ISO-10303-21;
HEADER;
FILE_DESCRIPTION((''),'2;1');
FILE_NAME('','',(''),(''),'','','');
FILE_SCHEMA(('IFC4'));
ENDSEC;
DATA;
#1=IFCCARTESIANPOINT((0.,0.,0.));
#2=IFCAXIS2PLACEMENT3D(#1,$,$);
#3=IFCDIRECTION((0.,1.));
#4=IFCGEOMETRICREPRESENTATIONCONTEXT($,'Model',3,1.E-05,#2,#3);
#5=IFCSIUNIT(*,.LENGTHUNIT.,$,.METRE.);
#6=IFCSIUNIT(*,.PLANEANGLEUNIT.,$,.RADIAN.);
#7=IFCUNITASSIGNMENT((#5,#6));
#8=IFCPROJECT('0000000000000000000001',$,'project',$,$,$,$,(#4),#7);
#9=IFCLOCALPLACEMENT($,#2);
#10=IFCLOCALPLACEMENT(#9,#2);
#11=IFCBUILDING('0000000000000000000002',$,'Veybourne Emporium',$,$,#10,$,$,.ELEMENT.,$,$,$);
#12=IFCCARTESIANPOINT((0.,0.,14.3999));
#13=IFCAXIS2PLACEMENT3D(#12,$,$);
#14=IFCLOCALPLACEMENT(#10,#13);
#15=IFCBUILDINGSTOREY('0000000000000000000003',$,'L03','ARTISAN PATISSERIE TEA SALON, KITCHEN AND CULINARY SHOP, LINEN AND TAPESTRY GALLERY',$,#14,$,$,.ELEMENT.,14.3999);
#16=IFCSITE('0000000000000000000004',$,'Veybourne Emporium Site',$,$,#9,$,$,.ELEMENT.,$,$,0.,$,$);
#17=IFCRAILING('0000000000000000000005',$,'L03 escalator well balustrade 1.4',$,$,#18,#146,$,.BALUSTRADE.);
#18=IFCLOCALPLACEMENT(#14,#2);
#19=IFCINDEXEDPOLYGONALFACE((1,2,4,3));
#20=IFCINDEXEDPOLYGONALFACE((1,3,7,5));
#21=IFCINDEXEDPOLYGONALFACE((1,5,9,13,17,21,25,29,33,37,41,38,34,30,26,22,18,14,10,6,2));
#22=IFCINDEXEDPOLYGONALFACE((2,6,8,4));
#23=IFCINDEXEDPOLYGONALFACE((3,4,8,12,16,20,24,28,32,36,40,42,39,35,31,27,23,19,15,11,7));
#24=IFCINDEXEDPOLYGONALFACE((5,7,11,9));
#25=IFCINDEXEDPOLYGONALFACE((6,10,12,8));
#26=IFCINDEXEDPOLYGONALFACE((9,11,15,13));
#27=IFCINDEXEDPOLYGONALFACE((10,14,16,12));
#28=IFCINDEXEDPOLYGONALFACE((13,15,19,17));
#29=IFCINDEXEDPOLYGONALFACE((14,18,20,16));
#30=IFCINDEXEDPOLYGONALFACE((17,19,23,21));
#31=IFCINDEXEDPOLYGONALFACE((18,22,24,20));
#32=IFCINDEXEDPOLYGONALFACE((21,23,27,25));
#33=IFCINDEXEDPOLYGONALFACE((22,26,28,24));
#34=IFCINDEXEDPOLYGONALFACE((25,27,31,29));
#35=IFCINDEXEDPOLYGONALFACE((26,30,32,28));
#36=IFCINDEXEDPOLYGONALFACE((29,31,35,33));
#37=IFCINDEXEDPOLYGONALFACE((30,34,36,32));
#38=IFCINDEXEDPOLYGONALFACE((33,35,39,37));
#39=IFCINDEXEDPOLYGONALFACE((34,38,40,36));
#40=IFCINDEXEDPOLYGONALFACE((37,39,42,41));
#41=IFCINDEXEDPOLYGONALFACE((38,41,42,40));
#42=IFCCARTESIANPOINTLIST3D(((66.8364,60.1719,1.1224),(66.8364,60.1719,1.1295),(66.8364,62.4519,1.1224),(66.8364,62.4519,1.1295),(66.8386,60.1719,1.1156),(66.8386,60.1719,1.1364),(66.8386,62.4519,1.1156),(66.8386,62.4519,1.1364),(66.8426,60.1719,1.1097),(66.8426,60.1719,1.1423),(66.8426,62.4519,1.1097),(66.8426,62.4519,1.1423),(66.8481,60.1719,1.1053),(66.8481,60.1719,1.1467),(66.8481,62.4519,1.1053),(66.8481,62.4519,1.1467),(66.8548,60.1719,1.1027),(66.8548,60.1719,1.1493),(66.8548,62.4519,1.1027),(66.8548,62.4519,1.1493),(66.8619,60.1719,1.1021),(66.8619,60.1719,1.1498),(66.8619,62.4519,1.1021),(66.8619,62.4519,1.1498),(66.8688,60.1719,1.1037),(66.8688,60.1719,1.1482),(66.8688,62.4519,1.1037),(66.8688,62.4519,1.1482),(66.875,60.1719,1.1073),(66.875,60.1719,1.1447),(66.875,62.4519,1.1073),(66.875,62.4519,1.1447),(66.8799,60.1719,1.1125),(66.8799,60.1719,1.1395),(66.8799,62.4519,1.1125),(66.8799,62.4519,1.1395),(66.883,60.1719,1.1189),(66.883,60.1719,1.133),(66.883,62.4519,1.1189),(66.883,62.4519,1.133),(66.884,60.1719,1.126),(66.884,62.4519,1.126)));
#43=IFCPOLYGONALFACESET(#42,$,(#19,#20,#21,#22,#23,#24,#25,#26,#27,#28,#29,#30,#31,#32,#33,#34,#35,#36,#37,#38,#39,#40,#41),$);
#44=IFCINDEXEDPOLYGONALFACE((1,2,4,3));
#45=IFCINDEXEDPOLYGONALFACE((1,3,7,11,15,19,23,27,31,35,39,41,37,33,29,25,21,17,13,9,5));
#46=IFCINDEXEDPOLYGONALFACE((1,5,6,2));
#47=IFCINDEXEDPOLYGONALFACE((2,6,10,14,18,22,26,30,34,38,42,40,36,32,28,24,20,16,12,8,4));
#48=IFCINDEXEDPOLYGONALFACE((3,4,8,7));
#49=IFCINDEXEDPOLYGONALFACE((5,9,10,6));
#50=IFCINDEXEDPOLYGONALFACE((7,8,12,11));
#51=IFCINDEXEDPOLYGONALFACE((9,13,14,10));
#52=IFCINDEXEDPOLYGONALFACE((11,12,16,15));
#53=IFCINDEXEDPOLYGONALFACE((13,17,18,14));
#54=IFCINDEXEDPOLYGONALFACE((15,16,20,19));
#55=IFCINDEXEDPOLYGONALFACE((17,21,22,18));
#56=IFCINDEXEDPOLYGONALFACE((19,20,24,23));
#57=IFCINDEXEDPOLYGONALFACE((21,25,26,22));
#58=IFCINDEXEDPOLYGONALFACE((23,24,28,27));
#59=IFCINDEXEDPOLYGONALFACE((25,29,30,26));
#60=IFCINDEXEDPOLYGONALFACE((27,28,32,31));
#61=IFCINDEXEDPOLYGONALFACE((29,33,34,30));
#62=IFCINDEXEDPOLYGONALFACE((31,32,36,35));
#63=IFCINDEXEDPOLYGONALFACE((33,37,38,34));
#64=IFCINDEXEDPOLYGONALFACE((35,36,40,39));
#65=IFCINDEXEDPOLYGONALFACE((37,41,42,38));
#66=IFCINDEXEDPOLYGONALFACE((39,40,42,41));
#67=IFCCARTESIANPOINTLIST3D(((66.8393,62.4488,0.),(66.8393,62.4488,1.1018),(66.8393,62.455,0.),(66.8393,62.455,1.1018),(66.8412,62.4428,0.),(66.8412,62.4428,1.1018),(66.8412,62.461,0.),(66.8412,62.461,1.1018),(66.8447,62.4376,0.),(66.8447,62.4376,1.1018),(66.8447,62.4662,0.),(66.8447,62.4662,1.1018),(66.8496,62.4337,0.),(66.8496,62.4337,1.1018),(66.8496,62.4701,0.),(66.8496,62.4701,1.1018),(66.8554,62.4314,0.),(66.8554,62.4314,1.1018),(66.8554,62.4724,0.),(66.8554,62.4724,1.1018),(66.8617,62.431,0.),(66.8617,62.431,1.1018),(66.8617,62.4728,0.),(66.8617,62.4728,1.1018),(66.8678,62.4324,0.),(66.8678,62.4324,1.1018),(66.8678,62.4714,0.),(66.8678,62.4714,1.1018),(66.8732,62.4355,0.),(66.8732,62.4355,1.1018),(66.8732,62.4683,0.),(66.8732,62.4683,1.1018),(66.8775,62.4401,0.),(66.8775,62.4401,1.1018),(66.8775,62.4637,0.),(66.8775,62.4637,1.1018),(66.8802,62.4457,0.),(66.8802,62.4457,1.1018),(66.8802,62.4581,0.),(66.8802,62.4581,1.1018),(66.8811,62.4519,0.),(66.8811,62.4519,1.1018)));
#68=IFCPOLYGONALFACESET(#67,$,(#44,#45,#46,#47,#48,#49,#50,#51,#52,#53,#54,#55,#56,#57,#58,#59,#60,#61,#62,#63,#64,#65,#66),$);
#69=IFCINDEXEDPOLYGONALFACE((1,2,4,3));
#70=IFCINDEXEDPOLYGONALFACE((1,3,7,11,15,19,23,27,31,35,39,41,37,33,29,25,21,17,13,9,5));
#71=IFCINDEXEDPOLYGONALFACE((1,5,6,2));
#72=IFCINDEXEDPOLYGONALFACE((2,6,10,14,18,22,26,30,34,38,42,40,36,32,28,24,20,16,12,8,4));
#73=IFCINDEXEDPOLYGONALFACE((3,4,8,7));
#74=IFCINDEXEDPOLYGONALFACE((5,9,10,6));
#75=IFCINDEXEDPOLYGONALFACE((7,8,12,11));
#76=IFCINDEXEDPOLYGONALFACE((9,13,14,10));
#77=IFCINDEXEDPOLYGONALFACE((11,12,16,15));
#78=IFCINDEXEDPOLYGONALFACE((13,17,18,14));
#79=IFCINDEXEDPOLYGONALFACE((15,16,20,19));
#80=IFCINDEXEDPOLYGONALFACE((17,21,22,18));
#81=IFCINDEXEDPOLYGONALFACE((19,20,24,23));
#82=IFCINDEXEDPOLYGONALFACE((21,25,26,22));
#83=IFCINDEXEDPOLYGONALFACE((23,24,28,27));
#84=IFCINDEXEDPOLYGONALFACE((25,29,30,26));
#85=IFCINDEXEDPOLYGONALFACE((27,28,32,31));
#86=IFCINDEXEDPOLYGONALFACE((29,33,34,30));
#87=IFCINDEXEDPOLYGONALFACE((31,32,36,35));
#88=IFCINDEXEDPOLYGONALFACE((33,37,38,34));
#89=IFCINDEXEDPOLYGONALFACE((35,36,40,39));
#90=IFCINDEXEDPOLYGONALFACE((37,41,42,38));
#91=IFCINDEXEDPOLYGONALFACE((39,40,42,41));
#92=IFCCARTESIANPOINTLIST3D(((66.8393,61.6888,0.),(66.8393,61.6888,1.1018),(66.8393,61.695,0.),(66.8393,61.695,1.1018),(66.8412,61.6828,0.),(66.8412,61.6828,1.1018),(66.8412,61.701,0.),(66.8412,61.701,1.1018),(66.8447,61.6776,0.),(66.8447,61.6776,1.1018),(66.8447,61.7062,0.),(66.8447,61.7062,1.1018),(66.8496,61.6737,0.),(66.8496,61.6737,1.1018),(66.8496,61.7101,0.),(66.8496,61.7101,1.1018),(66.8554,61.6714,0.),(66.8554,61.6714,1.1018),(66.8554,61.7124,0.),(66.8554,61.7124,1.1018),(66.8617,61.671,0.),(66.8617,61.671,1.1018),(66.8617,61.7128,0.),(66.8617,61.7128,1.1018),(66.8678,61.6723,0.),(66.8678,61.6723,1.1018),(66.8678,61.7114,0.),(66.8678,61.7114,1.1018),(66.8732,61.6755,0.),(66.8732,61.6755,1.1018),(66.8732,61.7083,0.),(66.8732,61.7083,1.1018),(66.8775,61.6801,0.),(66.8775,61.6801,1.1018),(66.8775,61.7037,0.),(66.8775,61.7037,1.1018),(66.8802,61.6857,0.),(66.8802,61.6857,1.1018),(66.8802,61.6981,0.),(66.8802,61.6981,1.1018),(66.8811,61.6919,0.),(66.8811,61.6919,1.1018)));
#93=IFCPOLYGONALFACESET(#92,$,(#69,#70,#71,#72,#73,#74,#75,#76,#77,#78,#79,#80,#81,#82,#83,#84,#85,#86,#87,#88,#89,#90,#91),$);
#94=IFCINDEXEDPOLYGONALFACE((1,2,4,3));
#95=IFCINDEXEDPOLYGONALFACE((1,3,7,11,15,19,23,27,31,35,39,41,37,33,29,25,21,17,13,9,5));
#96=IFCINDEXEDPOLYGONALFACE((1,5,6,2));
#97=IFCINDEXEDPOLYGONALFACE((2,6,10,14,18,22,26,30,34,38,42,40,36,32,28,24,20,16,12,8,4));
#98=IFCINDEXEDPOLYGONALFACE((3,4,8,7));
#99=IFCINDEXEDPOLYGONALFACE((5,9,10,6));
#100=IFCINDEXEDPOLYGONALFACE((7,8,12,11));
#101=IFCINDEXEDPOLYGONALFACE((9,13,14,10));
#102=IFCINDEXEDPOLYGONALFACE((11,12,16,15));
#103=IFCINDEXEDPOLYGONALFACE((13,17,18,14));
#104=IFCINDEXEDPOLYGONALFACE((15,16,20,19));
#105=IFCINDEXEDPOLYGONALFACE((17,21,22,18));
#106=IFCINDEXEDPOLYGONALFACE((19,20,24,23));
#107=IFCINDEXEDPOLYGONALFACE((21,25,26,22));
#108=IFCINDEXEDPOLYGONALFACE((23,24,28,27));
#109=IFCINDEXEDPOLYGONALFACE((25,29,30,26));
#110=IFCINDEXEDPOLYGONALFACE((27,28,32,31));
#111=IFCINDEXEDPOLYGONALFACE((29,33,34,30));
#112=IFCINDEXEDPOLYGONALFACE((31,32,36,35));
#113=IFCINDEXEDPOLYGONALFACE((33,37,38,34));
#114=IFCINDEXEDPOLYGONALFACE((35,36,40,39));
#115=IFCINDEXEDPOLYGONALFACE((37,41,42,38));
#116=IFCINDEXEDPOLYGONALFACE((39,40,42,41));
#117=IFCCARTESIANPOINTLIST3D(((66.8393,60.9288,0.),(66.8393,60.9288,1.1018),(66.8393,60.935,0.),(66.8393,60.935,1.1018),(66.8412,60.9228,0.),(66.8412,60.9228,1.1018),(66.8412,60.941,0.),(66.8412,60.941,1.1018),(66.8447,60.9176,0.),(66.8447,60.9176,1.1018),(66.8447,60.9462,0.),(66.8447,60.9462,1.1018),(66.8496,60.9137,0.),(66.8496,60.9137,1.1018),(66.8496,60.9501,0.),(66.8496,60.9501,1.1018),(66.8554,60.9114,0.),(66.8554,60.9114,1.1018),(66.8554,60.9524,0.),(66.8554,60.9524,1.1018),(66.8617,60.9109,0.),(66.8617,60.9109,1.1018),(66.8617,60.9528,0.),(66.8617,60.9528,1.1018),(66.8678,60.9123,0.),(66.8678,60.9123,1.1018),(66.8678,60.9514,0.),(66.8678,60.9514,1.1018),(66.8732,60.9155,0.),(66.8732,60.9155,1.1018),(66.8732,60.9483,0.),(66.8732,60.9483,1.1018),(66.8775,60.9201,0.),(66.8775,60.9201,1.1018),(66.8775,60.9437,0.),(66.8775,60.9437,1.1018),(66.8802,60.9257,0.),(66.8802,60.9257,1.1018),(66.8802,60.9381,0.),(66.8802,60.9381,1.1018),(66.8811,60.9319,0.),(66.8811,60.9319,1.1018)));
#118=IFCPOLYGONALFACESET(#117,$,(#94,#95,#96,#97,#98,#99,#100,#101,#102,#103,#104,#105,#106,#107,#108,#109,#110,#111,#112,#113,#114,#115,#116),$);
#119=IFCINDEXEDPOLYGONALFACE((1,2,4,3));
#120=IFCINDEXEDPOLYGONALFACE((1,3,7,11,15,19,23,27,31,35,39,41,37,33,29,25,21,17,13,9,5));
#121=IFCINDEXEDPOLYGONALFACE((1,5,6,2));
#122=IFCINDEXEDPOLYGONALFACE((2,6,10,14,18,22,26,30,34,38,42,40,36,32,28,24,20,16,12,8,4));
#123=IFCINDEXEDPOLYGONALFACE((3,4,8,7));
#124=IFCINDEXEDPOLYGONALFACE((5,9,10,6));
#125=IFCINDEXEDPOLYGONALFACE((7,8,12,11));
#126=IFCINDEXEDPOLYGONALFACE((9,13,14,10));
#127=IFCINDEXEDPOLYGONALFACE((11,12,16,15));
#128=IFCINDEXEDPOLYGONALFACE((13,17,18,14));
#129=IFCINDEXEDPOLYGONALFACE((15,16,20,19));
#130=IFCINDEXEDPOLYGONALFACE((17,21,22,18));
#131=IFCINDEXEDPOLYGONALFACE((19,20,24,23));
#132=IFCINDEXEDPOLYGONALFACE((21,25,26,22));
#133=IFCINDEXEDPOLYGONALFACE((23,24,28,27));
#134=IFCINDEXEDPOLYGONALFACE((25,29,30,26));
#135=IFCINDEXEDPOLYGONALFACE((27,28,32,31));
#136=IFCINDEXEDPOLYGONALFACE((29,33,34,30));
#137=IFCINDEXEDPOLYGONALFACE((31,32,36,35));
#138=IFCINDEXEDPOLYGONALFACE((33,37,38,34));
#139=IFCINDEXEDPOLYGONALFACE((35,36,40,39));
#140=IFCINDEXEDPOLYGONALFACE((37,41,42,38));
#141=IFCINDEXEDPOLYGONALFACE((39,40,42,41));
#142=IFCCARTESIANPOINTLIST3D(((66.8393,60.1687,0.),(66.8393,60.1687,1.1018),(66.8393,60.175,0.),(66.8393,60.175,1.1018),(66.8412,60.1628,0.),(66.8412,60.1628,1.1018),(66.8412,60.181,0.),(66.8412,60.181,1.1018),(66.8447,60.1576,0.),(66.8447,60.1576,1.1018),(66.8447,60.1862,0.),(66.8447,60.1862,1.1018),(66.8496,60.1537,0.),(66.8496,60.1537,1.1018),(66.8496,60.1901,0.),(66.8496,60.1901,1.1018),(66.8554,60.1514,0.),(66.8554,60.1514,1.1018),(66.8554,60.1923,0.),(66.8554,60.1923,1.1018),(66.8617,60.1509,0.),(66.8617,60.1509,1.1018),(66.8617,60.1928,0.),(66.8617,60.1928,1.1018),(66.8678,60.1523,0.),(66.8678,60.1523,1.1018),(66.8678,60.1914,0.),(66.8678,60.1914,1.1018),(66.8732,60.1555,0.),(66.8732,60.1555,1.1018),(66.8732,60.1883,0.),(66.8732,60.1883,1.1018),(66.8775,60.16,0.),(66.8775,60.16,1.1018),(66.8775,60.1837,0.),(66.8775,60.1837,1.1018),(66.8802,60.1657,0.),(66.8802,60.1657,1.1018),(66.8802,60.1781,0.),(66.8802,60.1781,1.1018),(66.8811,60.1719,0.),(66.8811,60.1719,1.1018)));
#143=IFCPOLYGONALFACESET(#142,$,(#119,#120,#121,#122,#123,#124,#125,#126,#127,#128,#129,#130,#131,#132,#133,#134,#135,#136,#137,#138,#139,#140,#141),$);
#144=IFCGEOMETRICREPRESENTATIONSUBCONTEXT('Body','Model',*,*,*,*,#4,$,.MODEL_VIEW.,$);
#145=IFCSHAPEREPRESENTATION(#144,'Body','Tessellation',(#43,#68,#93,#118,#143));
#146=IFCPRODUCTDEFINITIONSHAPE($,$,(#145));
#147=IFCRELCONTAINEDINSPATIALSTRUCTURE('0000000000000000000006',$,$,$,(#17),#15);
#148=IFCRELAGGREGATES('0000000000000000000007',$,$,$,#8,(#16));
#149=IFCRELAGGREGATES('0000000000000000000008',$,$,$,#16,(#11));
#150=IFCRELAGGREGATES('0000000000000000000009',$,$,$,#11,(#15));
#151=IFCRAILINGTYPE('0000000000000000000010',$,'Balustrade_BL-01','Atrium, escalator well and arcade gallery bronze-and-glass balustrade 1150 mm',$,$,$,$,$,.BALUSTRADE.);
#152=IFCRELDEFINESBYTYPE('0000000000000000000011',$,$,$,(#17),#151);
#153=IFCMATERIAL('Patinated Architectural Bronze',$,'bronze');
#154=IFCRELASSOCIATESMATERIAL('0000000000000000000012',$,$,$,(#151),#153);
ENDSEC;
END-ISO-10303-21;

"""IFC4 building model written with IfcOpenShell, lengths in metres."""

from ifc_helpers import new_model, si_unit, direction, frame, origin, origin_2d, place, context, subcontext, project, spatial, circle, extrude, material, type_object, element, save


model = new_model("IFC4")

# Units and contexts
model_context = context("Model", 3, precision=1e-05, world=origin(), true_north=direction((0.0, 1.0)))
body_context = subcontext(model_context, "Body", "Model", "MODEL_VIEW")
ifc_project = project(units=[si_unit("LENGTHUNIT", "METRE"), si_unit("PLANEANGLEUNIT", "RADIAN")], contexts=[model_context])

# Site, building, storey
site_placement = place(None, origin())
site = spatial("IfcSite", under=ifc_project, at=site_placement, Name="Veybourne Emporium Site", CompositionType="ELEMENT", RefElevation=0.0)
building_placement = place(site_placement, origin())
building = spatial("IfcBuilding", under=site, at=building_placement, Name="Veybourne Emporium", CompositionType="ELEMENT")
storey_placement = place(building_placement, frame((0.0, 0.0, 14.3999)))
storey = spatial("IfcBuildingStorey", under=building, at=storey_placement, Name="L03", Description="ARTISAN PATISSERIE TEA SALON, KITCHEN AND CULINARY SHOP, LINEN AND TAPESTRY GALLERY", CompositionType="ELEMENT", Elevation=14.3999)

# Shared definitions
ifc_material_1 = material(Name="Patinated Architectural Bronze", Category="bronze")

# Railing
railing_type = type_object("IfcRailingType", Name="Balustrade_BL-01", Description="Atrium, escalator well and arcade gallery bronze-and-glass balustrade 1150 mm", PredefinedType="BALUSTRADE", material=ifc_material_1)
railing_placement = place(storey_placement, frame((66.8601, 62.4519, 0.0)))
element("IfcRailing", 1, at=railing_placement, inside=storey, type_object=railing_type, Name="L03 escalator well balustrade 1.4", PredefinedType="BALUSTRADE", context=body_context, shape_type="SweptSolid", body=[
    extrude(circle(Radius=0.0239, at=origin_2d()), frame((0.0, 0.0, 1.126), z_axis=(0.0, -1.0, 0.0), x_axis=(1.0, 0.0, 0.0)), (0.0, 0.0, 1.0), 2.28),
    extrude(circle(Radius=0.021, at=origin_2d()), origin(), (0.0, 0.0, 1.0), 1.1018),
    extrude(circle(Radius=0.021, at=origin_2d()), frame((0.0, -0.76, 0.0)), (0.0, 0.0, 1.0), 1.1018),
    extrude(circle(Radius=0.021, at=origin_2d()), frame((0.0, -1.52, 0.0)), (0.0, 0.0, 1.0), 1.1018),
    extrude(circle(Radius=0.021, at=origin_2d()), frame((0.0, -2.28, 0.0)), (0.0, 0.0, 1.0), 1.1018),
])

save(model, "model.ifc")
